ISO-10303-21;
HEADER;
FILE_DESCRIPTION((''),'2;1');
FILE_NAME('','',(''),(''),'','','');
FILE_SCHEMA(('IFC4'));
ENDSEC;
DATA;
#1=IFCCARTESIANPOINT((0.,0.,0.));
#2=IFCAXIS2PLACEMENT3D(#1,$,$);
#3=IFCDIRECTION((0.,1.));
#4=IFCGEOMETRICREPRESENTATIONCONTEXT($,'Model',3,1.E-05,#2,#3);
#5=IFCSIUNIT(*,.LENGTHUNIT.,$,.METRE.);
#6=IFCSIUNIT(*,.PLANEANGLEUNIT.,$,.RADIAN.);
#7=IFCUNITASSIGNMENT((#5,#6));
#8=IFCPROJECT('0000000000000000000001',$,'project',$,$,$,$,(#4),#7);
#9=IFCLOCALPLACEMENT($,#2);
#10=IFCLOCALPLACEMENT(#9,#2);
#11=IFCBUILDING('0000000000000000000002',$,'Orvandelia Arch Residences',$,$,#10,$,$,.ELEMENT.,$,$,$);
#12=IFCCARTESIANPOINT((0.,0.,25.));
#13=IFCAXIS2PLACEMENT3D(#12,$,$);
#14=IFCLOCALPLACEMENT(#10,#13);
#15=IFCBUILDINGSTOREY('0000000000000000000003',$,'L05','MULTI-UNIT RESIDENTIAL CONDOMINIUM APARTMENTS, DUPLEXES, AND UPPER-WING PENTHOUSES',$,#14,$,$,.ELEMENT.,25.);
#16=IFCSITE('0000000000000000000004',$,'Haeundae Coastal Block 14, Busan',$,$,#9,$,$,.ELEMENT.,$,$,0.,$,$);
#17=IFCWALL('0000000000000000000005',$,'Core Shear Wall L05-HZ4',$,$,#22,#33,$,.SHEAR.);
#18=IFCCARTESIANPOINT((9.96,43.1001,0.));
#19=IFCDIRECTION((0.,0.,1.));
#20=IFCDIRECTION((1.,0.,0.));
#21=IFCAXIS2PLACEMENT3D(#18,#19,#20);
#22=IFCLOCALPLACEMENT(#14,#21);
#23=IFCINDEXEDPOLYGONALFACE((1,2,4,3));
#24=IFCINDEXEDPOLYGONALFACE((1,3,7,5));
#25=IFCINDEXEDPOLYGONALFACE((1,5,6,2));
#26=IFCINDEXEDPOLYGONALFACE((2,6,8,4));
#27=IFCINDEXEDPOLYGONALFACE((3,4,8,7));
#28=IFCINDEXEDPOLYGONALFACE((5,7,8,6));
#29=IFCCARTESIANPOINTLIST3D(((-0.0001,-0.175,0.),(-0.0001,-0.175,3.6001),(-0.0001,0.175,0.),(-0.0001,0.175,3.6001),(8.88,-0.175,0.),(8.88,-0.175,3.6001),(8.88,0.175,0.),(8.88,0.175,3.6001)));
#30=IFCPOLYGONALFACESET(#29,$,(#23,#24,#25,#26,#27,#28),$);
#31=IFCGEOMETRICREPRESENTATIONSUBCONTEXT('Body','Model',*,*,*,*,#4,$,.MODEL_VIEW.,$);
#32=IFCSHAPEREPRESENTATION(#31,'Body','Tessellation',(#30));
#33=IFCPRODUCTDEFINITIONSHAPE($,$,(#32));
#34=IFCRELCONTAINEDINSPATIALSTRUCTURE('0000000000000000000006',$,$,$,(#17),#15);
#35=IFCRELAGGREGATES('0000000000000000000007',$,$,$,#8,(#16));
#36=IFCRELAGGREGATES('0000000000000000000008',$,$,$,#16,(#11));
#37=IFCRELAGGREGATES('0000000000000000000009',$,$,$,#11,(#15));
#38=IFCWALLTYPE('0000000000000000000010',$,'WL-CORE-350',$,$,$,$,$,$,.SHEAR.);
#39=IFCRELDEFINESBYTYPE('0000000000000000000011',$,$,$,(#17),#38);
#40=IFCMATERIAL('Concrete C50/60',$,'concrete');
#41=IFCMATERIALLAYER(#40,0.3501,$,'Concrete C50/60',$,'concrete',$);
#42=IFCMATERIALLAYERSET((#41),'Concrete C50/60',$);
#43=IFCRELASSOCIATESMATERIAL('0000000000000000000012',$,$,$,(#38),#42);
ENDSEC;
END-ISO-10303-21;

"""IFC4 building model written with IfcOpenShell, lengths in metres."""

from ifc_helpers import new_model, si_unit, direction, frame, frame_2d, origin, place, context, subcontext, project, spatial, rectangle, extrude, material, layer, layer_set, type_object, element, save


model = new_model("IFC4")

# Units and contexts
model_context = context("Model", 3, precision=1e-05, world=origin(), true_north=direction((0.0, 1.0)))
body_context = subcontext(model_context, "Body", "Model", "MODEL_VIEW")
ifc_project = project(units=[si_unit("LENGTHUNIT", "METRE"), si_unit("PLANEANGLEUNIT", "RADIAN")], contexts=[model_context])

# Site, building, storey
site_placement = place(None, origin())
site = spatial("IfcSite", under=ifc_project, at=site_placement, Name="Haeundae Coastal Block 14, Busan", CompositionType="ELEMENT", RefElevation=0.0)
building_placement = place(site_placement, origin())
building = spatial("IfcBuilding", under=site, at=building_placement, Name="Orvandelia Arch Residences", CompositionType="ELEMENT")
storey_placement = place(building_placement, frame((0.0, 0.0, 25.0)))
storey = spatial("IfcBuildingStorey", under=building, at=storey_placement, Name="L05", Description="MULTI-UNIT RESIDENTIAL CONDOMINIUM APARTMENTS, DUPLEXES, AND UPPER-WING PENTHOUSES", CompositionType="ELEMENT", Elevation=25.0)

# Wall
ifc_material_1 = material(Name="Concrete C50/60", Category="concrete")
ifc_layer_1 = layer(ifc_material_1, 0.3501, Name="Concrete C50/60", Category="concrete")
ifc_layer_set_1 = layer_set([ifc_layer_1], Name="Concrete C50/60")
wall_type_1 = type_object("IfcWallType", Name="WL-CORE-350", PredefinedType="SHEAR", material=ifc_layer_set_1)
wall_1_placement = place(storey_placement, frame((9.96, 43.1001, 0.0), z_axis=(0.0, 0.0, 1.0), x_axis=(1.0, 0.0, 0.0)))
element("IfcWall", 1, at=wall_1_placement, inside=storey, type_object=wall_type_1, Name="Core Shear Wall L05-HZ4", PredefinedType="SHEAR", context=body_context, shape_type="SweptSolid", body=[
    extrude(rectangle(XDim=8.8801, YDim=0.3501, at=frame_2d((4.4399, 0.0))), origin(), (0.0, 0.0, 1.0), 3.6001),
])

save(model, "model.ifc")
